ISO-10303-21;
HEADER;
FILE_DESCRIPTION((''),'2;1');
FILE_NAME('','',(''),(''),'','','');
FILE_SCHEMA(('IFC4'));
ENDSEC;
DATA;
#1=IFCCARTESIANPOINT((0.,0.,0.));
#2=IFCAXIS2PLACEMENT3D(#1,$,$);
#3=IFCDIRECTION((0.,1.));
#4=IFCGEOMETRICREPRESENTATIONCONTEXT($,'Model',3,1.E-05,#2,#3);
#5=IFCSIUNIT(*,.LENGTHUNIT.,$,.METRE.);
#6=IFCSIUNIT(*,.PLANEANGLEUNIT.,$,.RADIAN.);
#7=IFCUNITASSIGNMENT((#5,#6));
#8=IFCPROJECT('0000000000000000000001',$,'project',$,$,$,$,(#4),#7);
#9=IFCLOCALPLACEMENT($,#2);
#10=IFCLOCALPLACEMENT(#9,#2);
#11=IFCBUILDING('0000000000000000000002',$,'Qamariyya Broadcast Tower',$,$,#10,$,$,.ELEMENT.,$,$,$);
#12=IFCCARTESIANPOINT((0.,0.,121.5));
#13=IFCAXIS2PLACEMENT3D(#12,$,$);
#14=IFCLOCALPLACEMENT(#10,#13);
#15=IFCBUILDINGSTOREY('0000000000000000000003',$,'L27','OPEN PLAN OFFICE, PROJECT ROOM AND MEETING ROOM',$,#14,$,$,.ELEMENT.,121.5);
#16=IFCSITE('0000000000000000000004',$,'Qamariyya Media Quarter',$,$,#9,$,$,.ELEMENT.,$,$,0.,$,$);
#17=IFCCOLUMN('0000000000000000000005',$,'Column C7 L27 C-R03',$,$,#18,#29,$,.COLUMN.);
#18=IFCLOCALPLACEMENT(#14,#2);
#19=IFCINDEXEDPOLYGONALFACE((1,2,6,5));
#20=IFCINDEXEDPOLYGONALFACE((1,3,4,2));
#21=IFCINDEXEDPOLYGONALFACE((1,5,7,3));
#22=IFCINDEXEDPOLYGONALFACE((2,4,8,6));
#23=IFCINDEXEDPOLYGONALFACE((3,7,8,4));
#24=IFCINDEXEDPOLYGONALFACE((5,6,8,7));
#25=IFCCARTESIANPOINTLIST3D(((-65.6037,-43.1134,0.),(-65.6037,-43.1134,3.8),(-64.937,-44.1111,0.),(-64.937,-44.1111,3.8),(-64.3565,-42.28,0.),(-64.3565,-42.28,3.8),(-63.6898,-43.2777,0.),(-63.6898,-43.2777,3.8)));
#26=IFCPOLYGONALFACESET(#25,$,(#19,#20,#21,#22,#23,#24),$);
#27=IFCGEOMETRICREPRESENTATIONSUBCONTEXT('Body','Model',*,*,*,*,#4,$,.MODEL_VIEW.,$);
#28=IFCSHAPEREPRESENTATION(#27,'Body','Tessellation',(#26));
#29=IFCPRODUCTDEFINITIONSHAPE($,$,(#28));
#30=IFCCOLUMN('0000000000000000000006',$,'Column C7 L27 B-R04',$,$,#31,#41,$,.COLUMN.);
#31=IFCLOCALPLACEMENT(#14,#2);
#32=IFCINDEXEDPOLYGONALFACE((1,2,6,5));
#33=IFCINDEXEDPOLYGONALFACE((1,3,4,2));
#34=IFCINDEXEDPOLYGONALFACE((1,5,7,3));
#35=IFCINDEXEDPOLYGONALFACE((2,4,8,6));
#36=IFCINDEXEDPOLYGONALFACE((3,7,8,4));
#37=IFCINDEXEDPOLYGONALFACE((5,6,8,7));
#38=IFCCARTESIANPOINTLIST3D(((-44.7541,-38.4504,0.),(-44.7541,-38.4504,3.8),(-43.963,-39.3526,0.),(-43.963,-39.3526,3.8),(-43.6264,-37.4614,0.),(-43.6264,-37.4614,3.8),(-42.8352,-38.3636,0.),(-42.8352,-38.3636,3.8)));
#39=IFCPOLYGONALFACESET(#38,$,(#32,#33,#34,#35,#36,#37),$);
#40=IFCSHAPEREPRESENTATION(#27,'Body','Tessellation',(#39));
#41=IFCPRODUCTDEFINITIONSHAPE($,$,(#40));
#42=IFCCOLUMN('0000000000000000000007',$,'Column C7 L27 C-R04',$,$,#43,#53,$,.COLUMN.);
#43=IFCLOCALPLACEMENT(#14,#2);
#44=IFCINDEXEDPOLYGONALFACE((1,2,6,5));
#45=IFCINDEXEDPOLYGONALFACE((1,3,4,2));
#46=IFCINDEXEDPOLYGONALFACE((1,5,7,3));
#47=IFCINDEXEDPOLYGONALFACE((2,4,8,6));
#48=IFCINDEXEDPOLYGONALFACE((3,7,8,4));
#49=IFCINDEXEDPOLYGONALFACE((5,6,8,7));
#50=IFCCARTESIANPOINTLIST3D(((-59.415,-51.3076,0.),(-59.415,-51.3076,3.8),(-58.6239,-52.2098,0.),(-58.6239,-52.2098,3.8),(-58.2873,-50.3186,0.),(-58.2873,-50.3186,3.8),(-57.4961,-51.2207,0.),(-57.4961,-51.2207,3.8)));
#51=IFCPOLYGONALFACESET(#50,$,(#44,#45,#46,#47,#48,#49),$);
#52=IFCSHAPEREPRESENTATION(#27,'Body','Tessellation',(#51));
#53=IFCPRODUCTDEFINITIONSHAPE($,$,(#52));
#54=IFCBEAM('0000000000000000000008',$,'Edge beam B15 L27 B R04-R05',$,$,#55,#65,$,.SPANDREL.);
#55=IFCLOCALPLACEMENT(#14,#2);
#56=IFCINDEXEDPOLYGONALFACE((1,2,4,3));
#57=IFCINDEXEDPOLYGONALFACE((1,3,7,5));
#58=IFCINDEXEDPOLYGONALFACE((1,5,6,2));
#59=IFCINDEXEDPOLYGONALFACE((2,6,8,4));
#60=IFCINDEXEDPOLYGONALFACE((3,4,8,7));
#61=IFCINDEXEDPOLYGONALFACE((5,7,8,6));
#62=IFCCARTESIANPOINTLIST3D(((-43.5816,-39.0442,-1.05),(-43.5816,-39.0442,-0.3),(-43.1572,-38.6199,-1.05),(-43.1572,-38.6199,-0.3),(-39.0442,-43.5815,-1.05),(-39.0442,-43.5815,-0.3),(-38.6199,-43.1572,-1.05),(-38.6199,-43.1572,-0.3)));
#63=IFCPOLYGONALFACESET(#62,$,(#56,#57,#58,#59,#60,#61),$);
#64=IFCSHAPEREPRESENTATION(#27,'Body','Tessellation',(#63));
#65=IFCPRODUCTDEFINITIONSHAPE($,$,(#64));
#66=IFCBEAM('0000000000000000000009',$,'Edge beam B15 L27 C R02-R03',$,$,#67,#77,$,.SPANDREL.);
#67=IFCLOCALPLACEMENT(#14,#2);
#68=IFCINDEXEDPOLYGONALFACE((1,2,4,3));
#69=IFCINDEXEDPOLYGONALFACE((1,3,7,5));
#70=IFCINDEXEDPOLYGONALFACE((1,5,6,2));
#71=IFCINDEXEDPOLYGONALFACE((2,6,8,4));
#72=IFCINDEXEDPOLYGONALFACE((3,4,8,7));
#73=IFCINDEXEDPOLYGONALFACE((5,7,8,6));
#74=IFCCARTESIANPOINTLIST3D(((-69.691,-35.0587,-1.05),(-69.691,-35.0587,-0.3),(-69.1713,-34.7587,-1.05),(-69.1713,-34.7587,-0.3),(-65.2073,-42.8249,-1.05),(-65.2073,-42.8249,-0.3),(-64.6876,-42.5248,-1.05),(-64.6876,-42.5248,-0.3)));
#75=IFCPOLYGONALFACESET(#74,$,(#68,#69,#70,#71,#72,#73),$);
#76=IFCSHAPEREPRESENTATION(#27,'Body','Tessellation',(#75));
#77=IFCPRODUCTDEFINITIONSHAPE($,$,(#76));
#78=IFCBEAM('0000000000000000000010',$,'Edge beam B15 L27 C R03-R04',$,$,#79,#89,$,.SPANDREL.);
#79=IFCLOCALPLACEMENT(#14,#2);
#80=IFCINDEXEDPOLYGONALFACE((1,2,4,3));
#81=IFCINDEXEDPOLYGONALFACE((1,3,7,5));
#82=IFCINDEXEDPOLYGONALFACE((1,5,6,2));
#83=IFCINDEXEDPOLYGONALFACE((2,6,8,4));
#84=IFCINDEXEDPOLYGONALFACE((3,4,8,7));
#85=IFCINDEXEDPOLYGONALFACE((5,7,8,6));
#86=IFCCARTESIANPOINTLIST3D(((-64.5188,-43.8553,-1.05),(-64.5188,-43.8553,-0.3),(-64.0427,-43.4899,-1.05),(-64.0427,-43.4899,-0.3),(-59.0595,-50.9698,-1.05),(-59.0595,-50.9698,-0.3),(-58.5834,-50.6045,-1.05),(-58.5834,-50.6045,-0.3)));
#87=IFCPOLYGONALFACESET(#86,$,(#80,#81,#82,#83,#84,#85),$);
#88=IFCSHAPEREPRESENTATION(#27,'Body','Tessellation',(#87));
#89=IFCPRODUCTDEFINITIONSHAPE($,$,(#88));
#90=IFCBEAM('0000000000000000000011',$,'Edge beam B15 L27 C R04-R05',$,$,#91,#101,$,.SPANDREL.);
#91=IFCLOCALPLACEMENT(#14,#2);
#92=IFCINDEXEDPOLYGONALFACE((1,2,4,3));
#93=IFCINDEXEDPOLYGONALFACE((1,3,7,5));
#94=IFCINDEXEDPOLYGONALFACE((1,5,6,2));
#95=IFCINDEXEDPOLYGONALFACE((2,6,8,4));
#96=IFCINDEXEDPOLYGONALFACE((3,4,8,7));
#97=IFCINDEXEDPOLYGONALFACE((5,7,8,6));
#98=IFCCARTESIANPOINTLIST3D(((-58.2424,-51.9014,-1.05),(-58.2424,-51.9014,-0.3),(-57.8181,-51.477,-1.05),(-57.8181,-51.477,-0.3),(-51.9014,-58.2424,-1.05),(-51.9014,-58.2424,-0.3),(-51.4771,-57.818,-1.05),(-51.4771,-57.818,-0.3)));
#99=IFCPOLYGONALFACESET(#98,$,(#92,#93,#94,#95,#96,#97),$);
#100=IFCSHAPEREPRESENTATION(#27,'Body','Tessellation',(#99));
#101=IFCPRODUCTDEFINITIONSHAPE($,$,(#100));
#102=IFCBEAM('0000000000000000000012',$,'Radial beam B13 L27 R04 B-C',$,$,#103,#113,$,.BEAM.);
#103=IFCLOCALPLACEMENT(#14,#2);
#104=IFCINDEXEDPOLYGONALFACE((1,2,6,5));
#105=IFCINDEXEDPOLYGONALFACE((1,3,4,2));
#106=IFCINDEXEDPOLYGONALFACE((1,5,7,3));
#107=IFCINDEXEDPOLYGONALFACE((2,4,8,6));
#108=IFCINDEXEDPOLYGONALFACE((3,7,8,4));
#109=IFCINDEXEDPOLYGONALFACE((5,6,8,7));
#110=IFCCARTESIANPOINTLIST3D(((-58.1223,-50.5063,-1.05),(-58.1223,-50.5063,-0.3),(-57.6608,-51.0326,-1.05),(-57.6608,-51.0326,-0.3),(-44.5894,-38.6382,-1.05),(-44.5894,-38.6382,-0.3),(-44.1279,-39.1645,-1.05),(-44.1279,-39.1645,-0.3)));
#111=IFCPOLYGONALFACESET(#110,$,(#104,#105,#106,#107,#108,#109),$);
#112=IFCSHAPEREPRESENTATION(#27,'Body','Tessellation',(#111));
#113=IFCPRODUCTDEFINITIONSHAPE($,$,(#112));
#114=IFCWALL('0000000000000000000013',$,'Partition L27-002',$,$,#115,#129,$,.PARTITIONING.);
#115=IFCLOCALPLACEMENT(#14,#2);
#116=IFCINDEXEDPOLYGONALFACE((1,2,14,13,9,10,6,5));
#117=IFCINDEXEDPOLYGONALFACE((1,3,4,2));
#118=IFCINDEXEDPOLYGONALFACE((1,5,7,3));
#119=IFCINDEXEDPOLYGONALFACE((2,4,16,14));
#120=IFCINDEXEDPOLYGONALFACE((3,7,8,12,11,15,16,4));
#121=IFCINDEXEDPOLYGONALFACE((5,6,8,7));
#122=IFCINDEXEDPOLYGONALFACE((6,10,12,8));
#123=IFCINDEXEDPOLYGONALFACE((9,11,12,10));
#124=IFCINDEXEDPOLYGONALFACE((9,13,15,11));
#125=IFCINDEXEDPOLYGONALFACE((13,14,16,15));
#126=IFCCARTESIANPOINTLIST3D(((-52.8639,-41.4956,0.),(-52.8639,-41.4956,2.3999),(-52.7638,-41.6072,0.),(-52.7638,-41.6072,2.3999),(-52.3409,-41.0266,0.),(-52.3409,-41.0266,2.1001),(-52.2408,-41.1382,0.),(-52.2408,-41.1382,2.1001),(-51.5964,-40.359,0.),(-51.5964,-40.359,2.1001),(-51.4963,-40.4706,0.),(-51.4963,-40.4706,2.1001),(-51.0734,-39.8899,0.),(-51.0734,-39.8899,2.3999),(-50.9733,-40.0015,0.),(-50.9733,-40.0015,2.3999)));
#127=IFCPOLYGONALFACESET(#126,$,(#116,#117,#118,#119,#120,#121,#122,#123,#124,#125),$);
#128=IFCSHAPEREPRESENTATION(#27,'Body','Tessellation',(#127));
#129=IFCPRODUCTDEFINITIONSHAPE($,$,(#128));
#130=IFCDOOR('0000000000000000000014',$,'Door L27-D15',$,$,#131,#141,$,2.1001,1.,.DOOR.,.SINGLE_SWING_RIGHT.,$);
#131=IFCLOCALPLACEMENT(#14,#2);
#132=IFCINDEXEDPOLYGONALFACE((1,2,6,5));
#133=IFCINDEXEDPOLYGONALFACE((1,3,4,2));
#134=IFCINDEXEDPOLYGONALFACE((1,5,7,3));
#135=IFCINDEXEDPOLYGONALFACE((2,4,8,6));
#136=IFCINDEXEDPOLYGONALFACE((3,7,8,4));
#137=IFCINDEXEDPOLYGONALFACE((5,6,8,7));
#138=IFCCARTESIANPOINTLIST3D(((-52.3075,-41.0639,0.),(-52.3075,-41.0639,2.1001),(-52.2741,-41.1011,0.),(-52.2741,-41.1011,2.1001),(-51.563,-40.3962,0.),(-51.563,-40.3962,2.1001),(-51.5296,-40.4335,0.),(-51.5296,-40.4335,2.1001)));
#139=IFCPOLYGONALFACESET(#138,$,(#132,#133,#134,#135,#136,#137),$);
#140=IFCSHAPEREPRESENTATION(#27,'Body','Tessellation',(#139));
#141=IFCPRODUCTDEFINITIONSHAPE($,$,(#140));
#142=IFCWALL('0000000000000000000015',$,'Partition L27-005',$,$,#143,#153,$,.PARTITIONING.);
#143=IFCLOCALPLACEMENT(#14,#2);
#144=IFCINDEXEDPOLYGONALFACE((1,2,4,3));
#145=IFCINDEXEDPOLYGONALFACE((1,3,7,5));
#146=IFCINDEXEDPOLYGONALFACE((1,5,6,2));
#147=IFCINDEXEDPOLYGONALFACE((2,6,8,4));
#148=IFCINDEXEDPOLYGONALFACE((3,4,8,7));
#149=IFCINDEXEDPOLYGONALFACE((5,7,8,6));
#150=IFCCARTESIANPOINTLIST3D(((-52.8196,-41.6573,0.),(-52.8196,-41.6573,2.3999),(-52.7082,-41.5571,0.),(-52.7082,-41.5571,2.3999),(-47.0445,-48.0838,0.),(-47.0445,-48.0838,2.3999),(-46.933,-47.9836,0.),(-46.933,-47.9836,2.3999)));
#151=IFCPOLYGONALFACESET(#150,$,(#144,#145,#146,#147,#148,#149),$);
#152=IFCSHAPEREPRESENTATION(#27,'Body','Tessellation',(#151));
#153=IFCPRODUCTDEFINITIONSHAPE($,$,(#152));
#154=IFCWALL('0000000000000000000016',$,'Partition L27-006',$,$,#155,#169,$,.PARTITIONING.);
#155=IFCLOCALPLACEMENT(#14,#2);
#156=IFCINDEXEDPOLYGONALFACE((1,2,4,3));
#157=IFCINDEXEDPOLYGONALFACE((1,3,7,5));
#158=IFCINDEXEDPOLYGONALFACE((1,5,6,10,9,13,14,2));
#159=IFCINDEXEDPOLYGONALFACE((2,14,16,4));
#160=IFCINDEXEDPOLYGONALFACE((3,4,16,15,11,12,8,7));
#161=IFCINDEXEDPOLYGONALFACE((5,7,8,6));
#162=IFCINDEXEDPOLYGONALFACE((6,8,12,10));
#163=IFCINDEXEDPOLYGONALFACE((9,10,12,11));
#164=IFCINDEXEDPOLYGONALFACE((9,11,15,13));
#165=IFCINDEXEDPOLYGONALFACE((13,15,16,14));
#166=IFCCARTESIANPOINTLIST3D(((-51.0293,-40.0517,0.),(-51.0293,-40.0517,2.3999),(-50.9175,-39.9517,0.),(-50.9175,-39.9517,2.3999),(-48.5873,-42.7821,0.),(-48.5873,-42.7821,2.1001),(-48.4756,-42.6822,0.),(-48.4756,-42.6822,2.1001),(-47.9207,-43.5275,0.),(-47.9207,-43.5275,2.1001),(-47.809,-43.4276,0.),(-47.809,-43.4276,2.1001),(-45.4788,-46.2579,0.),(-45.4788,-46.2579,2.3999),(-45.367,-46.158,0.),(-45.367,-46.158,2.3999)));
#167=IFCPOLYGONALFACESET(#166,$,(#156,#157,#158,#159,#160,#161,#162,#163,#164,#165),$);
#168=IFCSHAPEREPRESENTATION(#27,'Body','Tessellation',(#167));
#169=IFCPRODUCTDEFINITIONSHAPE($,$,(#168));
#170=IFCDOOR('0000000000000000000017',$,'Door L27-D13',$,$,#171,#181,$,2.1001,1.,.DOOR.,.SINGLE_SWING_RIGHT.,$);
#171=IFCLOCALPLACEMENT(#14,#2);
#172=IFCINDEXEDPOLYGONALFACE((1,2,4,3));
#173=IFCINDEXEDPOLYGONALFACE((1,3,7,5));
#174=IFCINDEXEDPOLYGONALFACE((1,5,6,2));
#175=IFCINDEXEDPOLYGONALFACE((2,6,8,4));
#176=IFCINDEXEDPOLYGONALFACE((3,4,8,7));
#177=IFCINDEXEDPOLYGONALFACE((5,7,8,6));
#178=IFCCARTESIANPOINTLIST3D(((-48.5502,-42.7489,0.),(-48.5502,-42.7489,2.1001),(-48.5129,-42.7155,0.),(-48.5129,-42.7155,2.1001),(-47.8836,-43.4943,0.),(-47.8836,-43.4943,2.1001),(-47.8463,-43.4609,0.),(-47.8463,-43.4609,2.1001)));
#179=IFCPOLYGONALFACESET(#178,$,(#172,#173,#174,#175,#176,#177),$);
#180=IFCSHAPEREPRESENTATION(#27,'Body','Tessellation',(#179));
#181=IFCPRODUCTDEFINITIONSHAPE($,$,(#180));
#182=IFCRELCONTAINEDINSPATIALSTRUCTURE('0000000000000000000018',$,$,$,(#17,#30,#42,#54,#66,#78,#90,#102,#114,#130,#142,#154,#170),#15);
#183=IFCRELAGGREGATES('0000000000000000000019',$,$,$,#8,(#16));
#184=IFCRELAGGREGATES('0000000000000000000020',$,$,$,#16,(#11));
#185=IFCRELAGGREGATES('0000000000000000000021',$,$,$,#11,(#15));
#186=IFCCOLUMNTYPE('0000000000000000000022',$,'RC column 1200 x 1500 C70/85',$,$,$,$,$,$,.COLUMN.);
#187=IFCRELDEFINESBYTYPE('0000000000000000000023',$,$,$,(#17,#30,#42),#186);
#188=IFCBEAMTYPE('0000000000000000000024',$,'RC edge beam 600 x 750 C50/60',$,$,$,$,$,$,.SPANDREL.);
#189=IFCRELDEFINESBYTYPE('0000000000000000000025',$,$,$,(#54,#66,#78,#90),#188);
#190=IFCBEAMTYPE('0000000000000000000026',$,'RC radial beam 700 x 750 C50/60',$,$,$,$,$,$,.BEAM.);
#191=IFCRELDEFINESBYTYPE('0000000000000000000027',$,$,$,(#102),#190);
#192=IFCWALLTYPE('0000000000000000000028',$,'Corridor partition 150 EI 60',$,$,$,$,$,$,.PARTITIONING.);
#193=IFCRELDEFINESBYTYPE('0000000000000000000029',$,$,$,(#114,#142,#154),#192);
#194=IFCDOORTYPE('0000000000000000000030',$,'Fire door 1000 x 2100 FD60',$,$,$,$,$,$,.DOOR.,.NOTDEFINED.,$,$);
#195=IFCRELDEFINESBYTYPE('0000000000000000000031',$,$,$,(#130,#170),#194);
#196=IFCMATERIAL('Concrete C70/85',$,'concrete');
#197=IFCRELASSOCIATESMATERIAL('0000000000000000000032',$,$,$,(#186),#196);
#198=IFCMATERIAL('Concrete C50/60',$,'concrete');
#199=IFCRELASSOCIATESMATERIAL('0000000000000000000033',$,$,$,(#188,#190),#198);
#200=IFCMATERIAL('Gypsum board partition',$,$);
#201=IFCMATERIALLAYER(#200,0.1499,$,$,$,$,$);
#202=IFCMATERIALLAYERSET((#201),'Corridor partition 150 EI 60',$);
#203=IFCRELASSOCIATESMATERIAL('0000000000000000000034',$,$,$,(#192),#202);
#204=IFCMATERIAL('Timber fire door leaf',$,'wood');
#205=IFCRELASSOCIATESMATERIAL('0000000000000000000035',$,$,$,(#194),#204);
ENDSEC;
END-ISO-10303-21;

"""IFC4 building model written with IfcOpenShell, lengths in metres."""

from ifc_helpers import new_model, si_unit, direction, frame, frame_2d, origin, origin_2d, place, context, subcontext, project, spatial, rectangle, extrude, material, layer, layer_set, material_profile, profile_set, type_object, element, fill, save


model = new_model("IFC4")

# Units and contexts
model_context = context("Model", 3, precision=1e-05, world=origin(), true_north=direction((0.0, 1.0)))
body_context = subcontext(model_context, "Body", "Model", "MODEL_VIEW")
ifc_project = project(units=[si_unit("LENGTHUNIT", "METRE"), si_unit("PLANEANGLEUNIT", "RADIAN")], contexts=[model_context])

# Site, building, storey
site_placement = place(None, origin())
site = spatial("IfcSite", under=ifc_project, at=site_placement, Name="Qamariyya Media Quarter", CompositionType="ELEMENT", RefElevation=0.0)
building_placement = place(site_placement, origin())
building = spatial("IfcBuilding", under=site, at=building_placement, Name="Qamariyya Broadcast Tower", CompositionType="ELEMENT")
storey_placement = place(building_placement, frame((0.0, 0.0, 121.5)))
storey = spatial("IfcBuildingStorey", under=building, at=storey_placement, Name="L27", Description="OPEN PLAN OFFICE, PROJECT ROOM AND MEETING ROOM", CompositionType="ELEMENT", Elevation=121.5)

# Columns
ifc_material_1 = material(Name="Concrete C70/85", Category="concrete")
ifc_material_profile_1 = material_profile(ifc_material_1, rectangle(XDim=1.2, YDim=1.5, at=origin_2d()))
ifc_profile_set_1 = profile_set([ifc_material_profile_1], Name="Concrete C70/85")
column_type = type_object("IfcColumnType", Name="RC column 1200 x 1500 C70/85", PredefinedType="COLUMN", material=ifc_profile_set_1)
for number, where, z_axis, x_axis, name in (
    (1, (-64.6467, -43.1956, 0.0), (0.0, 0.0, 1.0), (0.55557, -0.83147, 0.0), "Column C7 L27 C-R03"),
    (2, (-43.7947, -38.407, 0.0), (0.0, 0.0, 1.0), (0.659346, -0.75184, 0.0), "Column C7 L27 B-R04"),
    (3, (-58.4556, -51.2642, 0.0), (0.0, 0.0, 1.0), (0.659346, -0.75184, 0.0), "Column C7 L27 C-R04"),
):
    element("IfcColumn", number, at=place(storey_placement, frame(where, z_axis=z_axis, x_axis=x_axis)), inside=storey, type_object=column_type, Name=name, PredefinedType="COLUMN", context=body_context, shape_type="SweptSolid", body=[
        extrude(rectangle(XDim=1.2, YDim=1.5, at=origin_2d()), origin(), (0.0, 0.0, 1.0), 3.8),
    ])

# Beams
ifc_material_2 = material(Name="Concrete C50/60", Category="concrete")
ifc_material_profile_2 = material_profile(ifc_material_2, rectangle(XDim=0.6001, YDim=0.75, at=origin_2d()))
ifc_profile_set_2 = profile_set([ifc_material_profile_2], Name="Concrete C50/60")
beam_type_1 = type_object("IfcBeamType", Name="RC edge beam 600 x 750 C50/60", PredefinedType="SPANDREL", material=ifc_profile_set_2)
beam_1_placement = place(storey_placement, frame((-43.3694, -38.832, -0.675), z_axis=(0.707107, -0.707107, 0.0), x_axis=(0.707107, 0.707107, 0.0)))
element("IfcBeam", 4, at=beam_1_placement, inside=storey, type_object=beam_type_1, Name="Edge beam B15 L27 B R04-R05", PredefinedType="SPANDREL", context=body_context, shape_type="SweptSolid", body=[
    extrude(rectangle(XDim=0.6001, YDim=0.75, at=origin_2d()), origin(), (0.0, 0.0, 1.0), 6.4167),
])
beam_2_placement = place(storey_placement, frame((-69.4312, -34.9087, -0.675), z_axis=(0.49999, -0.866031, 0.0), x_axis=(0.866031, 0.49999, 0.0)))
element("IfcBeam", 5, at=beam_2_placement, inside=storey, type_object=beam_type_1, Name="Edge beam B15 L27 C R02-R03", PredefinedType="SPANDREL", context=body_context, shape_type="SweptSolid", body=[
    extrude(rectangle(XDim=0.6001, YDim=0.75, at=origin_2d()), origin(), (0.0, 0.0, 1.0), 8.9675),
])
beam_3_placement = place(storey_placement, frame((-64.2808, -43.6726, -0.675), z_axis=(0.608767, -0.793349, 0.0), x_axis=(0.793349, 0.608767, 0.0)))
element("IfcBeam", 6, at=beam_3_placement, inside=storey, type_object=beam_type_1, Name="Edge beam B15 L27 C R03-R04", PredefinedType="SPANDREL", context=body_context, shape_type="SweptSolid", body=[
    extrude(rectangle(XDim=0.6001, YDim=0.75, at=origin_2d()), origin(), (0.0, 0.0, 1.0), 8.9678),
])
beam_4_placement = place(storey_placement, frame((-58.0303, -51.6892, -0.675), z_axis=(0.707107, -0.707107, 0.0), x_axis=(0.707107, 0.707107, 0.0)))
element("IfcBeam", 7, at=beam_4_placement, inside=storey, type_object=beam_type_1, Name="Edge beam B15 L27 C R04-R05", PredefinedType="SPANDREL", context=body_context, shape_type="SweptSolid", body=[
    extrude(rectangle(XDim=0.6001, YDim=0.75, at=origin_2d()), origin(), (0.0, 0.0, 1.0), 8.9675),
])
ifc_material_profile_3 = material_profile(ifc_material_2, rectangle(XDim=0.7, YDim=0.75, at=origin_2d()))
ifc_profile_set_3 = profile_set([ifc_material_profile_3], Name="Concrete C50/60")
beam_type_2 = type_object("IfcBeamType", Name="RC radial beam 700 x 750 C50/60", PredefinedType="BEAM", material=ifc_profile_set_3)
beam_5_placement = place(storey_placement, frame((-44.3586, -38.9014, -0.675), z_axis=(-0.751838, -0.659348, 0.0), x_axis=(0.659348, -0.751838, 0.0)))
element("IfcBeam", 8, at=beam_5_placement, inside=storey, type_object=beam_type_2, Name="Radial beam B13 L27 R04 B-C", PredefinedType="BEAM", context=body_context, shape_type="SweptSolid", body=[
    extrude(rectangle(XDim=0.7, YDim=0.75, at=origin_2d()), origin(), (0.0, 0.0, 1.0), 17.9998),
])

# Wall, opening, door
ifc_material_3 = material(Name="Gypsum board partition")
ifc_layer_1 = layer(ifc_material_3, 0.1499)
ifc_layer_set_1 = layer_set([ifc_layer_1], Name="Corridor partition 150 EI 60")
wall_type_1 = type_object("IfcWallType", Name="Corridor partition 150 EI 60", PredefinedType="PARTITIONING", material=ifc_layer_set_1)
wall_1_placement = place(storey_placement, frame((-52.814, -41.5515, 0.0), z_axis=(0.0, 0.0, 1.0), x_axis=(0.744484, 0.66764, 0.0)))
wall_1 = element("IfcWall", 9, at=wall_1_placement, inside=storey, type_object=wall_type_1, Name="Partition L27-002", PredefinedType="PARTITIONING", context=body_context, shape_type="SweptSolid", body=[
    extrude(rectangle(XDim=2.405, YDim=0.1499, at=frame_2d((1.2026, 0.0))), origin(), (0.0, 0.0, 1.0), 2.3999),
])
opening_1_placement = place(wall_1_placement, frame((0.7026, 0.0, 0.0)))
opening_1 = element("IfcOpeningElement", 10, at=opening_1_placement, cuts=wall_1, PredefinedType="OPENING", context=body_context, shape_type="SweptSolid", body=[
    extrude(rectangle(XDim=1.0, YDim=2.1001, at=frame_2d((0.5, 1.05))), frame((0.0, 0.085, 0.0), z_axis=(0.0, -1.0, 0.0), x_axis=(1.0, 0.0, 0.0)), (0.0, 0.0, 1.0), 0.1699),
])
ifc_material_4 = material(Name="Timber fire door leaf", Category="wood")
door_type = type_object("IfcDoorType", Name="Fire door 1000 x 2100 FD60", OperationType="NOTDEFINED", PredefinedType="DOOR", material=ifc_material_4)
door_1_placement = place(opening_1_placement, origin())
door_1 = element("IfcDoor", 11, at=door_1_placement, inside=storey, type_object=door_type, Name="Door L27-D15", OperationType="SINGLE_SWING_RIGHT", OverallHeight=2.1001, OverallWidth=1.0, PredefinedType="DOOR", context=body_context, shape_type="SweptSolid", body=[
    extrude(rectangle(XDim=1.0, YDim=2.1001, at=frame_2d((0.5, 1.05))), frame((0.0, 0.0249, 0.0), z_axis=(0.0, -1.0, 0.0), x_axis=(1.0, 0.0, 0.0)), (0.0, 0.0, 1.0), 0.05),
])
fill(opening_1, door_1)

# Wall
wall_2_placement = place(storey_placement, frame((-46.9888, -48.0337, 0.0), z_axis=(0.0, 0.0, 1.0), x_axis=(-0.668407, 0.743796, 0.0)))
element("IfcWall", 12, at=wall_2_placement, inside=storey, type_object=wall_type_1, Name="Partition L27-005", PredefinedType="PARTITIONING", context=body_context, shape_type="SweptSolid", body=[
    extrude(rectangle(XDim=8.6401, YDim=0.1499, at=frame_2d((4.3201, 0.0))), origin(), (0.0, 0.0, 1.0), 2.3999),
])

# Wall, opening, door
wall_3_placement = place(storey_placement, frame((-50.9734, -40.0017, 0.0), z_axis=(0.0, 0.0, 1.0), x_axis=(0.66663, -0.745389, 0.0)))
wall_3 = element("IfcWall", 13, at=wall_3_placement, inside=storey, type_object=wall_type_1, Name="Partition L27-006", PredefinedType="PARTITIONING", context=body_context, shape_type="SweptSolid", body=[
    extrude(rectangle(XDim=8.3262, YDim=0.1499, at=frame_2d((4.1631, 0.0))), origin(), (0.0, 0.0, 1.0), 2.3999),
])
opening_2_placement = place(wall_3_placement, frame((3.6631, 0.0, 0.0)))
opening_2 = element("IfcOpeningElement", 14, at=opening_2_placement, cuts=wall_3, PredefinedType="OPENING", context=body_context, shape_type="SweptSolid", body=[
    extrude(rectangle(XDim=1.0, YDim=2.1001, at=frame_2d((0.5, 1.05))), frame((0.0, 0.085, 0.0), z_axis=(0.0, -1.0, 0.0), x_axis=(1.0, 0.0, 0.0)), (0.0, 0.0, 1.0), 0.1699),
])
door_2_placement = place(opening_2_placement, origin())
door_2 = element("IfcDoor", 15, at=door_2_placement, inside=storey, type_object=door_type, Name="Door L27-D13", OperationType="SINGLE_SWING_RIGHT", OverallHeight=2.1001, OverallWidth=1.0, PredefinedType="DOOR", context=body_context, shape_type="SweptSolid", body=[
    extrude(rectangle(XDim=1.0, YDim=2.1001, at=frame_2d((0.5, 1.05))), frame((0.0, 0.0249, 0.0), z_axis=(0.0, -1.0, 0.0), x_axis=(1.0, 0.0, 0.0)), (0.0, 0.0, 1.0), 0.05),
])
fill(opening_2, door_2)

save(model, "model.ifc")
